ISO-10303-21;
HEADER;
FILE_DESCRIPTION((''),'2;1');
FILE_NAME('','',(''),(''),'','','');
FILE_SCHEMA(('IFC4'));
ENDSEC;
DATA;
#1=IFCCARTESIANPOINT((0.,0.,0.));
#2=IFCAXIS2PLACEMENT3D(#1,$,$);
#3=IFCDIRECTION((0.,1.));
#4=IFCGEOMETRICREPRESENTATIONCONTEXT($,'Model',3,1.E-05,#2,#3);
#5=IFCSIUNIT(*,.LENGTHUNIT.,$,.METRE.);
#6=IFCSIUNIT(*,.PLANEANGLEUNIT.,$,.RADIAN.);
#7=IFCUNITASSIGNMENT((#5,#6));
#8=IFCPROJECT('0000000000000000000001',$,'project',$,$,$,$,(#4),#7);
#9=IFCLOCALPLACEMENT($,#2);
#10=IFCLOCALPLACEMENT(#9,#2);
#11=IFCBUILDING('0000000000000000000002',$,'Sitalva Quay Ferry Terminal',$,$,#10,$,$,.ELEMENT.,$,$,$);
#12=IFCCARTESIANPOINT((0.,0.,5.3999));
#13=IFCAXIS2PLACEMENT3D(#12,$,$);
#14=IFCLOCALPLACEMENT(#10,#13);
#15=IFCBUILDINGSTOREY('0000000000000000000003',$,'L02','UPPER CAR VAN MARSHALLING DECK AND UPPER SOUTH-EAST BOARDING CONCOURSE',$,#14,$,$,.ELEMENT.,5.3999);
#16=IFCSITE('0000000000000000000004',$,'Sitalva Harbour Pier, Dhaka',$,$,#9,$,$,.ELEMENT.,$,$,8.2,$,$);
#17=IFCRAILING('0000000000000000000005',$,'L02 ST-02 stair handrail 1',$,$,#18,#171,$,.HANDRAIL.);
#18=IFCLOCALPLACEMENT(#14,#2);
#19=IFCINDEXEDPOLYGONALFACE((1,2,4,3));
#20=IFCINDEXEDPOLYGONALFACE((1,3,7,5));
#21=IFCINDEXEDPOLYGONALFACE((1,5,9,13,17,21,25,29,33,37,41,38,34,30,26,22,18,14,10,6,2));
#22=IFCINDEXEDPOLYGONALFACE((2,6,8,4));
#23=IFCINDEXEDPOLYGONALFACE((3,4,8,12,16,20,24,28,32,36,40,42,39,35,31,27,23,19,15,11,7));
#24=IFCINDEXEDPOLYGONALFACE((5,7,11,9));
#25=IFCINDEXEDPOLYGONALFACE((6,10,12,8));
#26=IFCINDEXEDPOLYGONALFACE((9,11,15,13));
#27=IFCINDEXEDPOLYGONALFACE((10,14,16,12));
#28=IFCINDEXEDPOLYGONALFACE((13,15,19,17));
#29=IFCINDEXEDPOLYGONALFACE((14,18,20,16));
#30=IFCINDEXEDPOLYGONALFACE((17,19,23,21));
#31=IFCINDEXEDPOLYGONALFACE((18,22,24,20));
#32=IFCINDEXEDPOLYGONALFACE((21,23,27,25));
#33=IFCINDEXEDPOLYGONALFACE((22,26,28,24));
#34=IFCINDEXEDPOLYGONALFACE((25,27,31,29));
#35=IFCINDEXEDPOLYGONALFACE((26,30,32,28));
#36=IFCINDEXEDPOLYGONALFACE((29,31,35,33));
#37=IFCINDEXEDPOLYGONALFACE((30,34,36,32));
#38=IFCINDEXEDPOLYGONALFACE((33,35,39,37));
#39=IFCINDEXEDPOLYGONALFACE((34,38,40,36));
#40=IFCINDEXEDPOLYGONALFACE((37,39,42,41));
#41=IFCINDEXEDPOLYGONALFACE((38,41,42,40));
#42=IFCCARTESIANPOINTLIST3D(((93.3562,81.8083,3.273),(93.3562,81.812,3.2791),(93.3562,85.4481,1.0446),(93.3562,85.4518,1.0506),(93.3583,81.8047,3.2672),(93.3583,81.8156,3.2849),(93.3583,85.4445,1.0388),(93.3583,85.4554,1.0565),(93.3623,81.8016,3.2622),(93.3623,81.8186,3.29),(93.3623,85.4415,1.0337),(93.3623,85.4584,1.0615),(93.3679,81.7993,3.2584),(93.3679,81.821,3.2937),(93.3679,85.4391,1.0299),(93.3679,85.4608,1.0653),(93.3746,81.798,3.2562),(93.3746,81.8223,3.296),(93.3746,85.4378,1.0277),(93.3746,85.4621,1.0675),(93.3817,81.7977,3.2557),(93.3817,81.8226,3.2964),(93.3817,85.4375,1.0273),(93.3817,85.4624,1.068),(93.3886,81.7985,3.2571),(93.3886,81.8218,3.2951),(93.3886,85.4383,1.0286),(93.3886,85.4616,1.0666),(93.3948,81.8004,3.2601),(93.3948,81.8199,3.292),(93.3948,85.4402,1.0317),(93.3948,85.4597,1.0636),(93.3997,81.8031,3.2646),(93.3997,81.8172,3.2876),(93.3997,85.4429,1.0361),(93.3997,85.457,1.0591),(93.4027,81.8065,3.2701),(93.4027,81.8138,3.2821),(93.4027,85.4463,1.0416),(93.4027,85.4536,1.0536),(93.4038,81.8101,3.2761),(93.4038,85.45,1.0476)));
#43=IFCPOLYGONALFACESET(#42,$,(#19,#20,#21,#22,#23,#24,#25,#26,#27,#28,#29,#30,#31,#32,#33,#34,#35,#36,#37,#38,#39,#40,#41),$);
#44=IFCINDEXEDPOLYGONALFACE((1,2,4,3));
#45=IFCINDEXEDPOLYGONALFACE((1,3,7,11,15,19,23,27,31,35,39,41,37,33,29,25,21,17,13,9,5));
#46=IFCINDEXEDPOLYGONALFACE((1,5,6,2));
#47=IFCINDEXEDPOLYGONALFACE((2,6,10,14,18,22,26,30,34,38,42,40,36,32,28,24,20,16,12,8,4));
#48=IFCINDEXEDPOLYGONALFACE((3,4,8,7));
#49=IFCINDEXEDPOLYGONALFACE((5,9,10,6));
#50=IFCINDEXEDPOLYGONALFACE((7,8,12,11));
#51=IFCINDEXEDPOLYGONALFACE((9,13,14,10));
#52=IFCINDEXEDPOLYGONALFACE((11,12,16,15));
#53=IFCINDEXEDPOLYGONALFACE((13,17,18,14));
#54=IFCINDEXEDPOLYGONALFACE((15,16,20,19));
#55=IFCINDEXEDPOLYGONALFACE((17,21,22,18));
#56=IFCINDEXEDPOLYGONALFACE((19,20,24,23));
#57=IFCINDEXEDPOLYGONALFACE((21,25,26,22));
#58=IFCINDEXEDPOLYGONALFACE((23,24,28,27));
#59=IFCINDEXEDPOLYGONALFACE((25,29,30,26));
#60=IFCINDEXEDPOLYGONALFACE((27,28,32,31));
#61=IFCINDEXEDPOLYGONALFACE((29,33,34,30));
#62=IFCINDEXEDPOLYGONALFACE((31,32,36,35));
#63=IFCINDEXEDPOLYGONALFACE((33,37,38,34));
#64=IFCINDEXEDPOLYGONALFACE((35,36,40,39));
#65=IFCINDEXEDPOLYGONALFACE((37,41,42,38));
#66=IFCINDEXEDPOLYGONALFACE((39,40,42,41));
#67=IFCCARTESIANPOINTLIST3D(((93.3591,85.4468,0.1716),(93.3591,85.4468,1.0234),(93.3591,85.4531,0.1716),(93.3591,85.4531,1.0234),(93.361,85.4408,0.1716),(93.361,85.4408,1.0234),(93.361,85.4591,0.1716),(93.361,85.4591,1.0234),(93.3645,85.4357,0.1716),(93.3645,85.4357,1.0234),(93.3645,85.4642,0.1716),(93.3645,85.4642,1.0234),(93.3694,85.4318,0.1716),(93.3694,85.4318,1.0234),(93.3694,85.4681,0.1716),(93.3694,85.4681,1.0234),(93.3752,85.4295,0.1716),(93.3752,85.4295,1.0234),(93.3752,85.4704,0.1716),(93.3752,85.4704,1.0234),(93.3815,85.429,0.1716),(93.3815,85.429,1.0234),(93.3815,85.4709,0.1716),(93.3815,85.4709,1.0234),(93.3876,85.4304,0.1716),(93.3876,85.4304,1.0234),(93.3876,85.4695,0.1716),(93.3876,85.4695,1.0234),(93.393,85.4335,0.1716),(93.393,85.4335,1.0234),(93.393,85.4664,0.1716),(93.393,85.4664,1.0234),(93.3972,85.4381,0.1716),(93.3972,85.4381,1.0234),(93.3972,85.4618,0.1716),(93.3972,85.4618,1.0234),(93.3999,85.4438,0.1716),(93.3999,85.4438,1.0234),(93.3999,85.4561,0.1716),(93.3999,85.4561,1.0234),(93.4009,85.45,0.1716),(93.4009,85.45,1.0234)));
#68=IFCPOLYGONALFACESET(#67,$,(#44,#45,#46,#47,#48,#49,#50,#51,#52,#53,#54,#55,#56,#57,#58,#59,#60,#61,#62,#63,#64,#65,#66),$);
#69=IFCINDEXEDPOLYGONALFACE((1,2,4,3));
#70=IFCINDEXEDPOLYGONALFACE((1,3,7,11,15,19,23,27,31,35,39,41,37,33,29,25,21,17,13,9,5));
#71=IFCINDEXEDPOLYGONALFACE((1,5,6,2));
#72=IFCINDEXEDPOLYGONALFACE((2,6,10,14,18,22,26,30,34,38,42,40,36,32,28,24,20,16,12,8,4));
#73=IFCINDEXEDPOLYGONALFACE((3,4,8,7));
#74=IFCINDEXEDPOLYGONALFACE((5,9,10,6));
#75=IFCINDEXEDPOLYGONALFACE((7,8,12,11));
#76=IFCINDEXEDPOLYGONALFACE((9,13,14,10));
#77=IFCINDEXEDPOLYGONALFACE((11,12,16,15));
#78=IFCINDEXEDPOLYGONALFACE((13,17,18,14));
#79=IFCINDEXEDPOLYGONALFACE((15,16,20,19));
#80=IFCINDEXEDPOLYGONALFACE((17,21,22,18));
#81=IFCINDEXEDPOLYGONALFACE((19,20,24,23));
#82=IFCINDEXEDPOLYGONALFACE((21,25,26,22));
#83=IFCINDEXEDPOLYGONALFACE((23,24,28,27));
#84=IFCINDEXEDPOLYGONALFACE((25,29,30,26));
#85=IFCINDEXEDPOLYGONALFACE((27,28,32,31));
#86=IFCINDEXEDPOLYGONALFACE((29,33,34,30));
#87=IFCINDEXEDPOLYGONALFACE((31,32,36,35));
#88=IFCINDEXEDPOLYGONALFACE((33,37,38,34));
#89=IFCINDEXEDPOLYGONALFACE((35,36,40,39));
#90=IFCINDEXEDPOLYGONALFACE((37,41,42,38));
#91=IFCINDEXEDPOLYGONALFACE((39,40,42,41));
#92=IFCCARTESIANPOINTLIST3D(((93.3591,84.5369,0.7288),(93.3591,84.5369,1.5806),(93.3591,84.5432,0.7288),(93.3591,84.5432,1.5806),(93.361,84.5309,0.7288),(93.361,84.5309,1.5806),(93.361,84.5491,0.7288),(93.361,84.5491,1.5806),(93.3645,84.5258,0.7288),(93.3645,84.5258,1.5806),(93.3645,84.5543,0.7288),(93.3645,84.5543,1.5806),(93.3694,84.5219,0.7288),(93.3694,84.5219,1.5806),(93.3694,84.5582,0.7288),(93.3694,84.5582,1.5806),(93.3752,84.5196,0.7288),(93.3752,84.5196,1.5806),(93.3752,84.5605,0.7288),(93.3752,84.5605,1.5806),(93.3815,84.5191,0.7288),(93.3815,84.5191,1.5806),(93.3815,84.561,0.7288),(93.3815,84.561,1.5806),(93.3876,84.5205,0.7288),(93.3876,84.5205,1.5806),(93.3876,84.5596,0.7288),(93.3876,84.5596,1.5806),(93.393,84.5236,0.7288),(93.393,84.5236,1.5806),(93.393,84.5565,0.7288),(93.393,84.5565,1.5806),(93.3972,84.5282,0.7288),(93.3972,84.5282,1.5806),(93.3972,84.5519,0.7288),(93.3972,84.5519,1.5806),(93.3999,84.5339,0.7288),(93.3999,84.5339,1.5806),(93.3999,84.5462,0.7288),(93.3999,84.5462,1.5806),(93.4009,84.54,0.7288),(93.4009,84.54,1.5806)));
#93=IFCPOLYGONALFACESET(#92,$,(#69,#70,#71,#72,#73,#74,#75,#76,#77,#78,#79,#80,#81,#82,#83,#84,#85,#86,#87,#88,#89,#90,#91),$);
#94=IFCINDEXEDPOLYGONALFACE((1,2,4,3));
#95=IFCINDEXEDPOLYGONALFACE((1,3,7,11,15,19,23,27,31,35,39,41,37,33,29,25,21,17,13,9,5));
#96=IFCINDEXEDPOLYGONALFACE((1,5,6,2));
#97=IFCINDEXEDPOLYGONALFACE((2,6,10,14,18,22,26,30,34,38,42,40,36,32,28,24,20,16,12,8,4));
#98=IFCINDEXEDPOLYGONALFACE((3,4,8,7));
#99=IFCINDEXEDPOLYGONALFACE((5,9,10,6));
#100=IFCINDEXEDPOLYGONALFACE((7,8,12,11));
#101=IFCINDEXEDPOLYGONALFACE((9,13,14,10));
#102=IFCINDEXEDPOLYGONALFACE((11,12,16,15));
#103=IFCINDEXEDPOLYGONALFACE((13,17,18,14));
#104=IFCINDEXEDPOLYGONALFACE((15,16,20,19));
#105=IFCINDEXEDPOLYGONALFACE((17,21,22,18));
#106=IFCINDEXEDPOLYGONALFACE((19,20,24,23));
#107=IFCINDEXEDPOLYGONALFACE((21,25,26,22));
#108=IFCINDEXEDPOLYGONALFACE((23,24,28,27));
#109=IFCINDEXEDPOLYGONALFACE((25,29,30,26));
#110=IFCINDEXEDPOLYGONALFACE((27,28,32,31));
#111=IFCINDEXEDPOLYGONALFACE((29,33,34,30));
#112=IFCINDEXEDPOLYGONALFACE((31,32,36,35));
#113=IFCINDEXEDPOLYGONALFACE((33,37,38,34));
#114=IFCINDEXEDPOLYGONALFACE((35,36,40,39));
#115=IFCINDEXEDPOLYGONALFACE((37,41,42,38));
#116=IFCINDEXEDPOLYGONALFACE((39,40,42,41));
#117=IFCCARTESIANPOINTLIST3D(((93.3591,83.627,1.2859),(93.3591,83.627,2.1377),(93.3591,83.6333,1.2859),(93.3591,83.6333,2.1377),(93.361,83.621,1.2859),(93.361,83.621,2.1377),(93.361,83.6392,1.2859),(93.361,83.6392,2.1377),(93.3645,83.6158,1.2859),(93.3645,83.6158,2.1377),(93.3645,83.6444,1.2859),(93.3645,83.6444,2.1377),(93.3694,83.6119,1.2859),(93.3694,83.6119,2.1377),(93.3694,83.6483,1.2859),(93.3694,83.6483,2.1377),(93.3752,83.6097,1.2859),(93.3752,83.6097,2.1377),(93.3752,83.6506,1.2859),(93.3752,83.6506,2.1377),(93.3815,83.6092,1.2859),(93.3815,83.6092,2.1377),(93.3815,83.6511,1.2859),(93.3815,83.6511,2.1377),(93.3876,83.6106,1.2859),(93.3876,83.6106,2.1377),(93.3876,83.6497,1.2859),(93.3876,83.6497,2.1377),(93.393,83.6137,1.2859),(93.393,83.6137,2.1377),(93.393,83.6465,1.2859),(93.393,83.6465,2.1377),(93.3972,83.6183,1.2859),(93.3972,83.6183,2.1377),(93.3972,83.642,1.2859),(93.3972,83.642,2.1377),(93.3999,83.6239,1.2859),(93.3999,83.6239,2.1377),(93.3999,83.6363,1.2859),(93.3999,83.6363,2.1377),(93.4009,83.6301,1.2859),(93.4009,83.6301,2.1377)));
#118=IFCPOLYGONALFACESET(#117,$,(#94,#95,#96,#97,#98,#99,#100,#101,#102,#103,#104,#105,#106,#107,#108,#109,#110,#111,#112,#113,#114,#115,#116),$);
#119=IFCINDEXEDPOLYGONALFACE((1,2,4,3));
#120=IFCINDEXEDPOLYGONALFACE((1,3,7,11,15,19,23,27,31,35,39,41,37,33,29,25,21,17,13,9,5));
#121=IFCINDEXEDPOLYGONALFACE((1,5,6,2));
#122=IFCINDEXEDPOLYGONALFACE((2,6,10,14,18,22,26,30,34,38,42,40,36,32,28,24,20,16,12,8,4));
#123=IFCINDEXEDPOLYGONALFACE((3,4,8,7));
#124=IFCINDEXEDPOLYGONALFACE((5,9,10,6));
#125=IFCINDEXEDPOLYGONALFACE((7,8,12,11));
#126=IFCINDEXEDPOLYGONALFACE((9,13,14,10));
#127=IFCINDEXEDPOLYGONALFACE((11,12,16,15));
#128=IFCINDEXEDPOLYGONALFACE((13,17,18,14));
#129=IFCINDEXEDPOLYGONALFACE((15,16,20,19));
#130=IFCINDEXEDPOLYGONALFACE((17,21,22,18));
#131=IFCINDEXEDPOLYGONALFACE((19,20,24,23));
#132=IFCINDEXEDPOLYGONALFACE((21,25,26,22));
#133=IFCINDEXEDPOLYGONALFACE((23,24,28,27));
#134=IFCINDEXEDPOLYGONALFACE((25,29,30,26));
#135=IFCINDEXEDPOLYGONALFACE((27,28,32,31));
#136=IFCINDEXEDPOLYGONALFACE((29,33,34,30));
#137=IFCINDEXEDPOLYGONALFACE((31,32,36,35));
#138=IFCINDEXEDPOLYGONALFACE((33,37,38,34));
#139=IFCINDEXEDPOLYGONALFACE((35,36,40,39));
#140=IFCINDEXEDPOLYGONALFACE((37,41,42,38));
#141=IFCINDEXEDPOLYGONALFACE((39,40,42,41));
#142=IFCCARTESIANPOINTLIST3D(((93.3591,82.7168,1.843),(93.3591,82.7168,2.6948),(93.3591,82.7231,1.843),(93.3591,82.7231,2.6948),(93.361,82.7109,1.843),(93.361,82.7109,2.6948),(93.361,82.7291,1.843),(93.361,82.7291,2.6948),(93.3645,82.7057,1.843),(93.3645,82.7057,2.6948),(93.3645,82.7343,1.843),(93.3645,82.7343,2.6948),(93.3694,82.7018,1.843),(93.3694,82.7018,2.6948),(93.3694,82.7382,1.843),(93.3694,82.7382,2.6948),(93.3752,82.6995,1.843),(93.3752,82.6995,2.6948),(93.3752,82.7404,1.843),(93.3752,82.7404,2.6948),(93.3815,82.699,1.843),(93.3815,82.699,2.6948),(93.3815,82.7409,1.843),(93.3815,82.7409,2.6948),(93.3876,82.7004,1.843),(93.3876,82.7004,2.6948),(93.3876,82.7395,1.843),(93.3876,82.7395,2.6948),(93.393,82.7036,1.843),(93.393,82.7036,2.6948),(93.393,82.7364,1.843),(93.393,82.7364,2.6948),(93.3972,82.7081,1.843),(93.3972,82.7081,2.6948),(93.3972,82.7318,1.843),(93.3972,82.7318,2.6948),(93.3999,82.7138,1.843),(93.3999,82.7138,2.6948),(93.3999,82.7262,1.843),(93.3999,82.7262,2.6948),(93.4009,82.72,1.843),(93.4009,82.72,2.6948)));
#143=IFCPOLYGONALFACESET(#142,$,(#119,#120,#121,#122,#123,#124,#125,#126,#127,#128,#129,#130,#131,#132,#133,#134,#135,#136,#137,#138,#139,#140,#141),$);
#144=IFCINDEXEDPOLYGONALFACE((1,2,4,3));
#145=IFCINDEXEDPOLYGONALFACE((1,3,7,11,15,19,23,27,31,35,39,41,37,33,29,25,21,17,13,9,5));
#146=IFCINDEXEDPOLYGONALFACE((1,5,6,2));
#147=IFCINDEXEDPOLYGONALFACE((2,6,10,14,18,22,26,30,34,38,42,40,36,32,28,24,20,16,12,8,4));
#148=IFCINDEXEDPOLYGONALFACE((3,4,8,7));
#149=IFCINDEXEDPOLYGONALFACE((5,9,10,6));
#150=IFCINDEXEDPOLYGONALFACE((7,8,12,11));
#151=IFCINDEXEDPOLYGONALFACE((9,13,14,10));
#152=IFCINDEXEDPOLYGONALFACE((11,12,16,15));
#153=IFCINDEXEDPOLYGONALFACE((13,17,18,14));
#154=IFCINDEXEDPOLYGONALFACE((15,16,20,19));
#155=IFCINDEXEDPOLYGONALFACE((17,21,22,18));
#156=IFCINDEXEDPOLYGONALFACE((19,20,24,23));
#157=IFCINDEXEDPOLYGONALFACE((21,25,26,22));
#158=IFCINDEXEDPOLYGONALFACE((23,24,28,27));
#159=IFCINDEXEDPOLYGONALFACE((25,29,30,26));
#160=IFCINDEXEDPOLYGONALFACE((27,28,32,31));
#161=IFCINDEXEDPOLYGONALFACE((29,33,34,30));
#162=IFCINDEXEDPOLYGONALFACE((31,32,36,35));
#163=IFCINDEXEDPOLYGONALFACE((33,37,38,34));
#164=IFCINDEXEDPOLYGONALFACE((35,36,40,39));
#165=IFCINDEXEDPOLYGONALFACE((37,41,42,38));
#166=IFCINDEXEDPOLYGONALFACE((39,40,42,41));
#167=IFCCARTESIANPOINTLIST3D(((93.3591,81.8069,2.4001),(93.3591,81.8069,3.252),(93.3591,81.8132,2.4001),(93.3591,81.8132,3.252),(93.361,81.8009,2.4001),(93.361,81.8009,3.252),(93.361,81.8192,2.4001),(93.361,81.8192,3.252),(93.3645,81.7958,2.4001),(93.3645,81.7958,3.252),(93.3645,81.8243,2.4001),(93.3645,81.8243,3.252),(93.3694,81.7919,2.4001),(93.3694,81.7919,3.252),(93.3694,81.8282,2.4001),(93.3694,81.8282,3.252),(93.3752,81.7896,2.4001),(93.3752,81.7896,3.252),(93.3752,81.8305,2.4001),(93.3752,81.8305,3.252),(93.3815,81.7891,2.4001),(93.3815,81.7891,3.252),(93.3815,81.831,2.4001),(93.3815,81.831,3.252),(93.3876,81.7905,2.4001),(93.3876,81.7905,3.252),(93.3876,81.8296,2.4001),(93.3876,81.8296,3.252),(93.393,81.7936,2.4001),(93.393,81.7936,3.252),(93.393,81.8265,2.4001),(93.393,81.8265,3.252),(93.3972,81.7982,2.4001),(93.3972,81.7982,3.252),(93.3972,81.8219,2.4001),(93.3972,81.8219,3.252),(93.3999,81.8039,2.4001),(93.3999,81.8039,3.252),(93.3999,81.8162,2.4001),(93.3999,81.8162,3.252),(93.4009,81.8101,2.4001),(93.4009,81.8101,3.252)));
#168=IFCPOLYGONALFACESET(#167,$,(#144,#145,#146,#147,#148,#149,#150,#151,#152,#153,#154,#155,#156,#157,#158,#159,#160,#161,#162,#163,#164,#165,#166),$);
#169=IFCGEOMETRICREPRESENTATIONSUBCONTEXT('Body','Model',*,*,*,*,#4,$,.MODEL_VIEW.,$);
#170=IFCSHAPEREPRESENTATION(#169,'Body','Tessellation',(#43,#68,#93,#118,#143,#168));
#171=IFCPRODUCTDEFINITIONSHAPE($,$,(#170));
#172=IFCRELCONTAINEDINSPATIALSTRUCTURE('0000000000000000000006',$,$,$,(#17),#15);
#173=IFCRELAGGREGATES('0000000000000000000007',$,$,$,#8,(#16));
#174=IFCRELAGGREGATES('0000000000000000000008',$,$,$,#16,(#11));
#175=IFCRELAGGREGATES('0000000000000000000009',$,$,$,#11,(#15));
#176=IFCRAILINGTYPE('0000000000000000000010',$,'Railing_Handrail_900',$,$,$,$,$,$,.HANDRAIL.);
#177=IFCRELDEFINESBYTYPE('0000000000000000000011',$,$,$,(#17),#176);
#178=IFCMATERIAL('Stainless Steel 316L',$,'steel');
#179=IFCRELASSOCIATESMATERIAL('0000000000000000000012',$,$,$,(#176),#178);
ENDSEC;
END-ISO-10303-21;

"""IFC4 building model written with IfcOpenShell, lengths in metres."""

from ifc_helpers import new_model, si_unit, direction, frame, origin, origin_2d, place, context, subcontext, project, spatial, circle, extrude, material, type_object, element, save


model = new_model("IFC4")

# Units and contexts
model_context = context("Model", 3, precision=1e-05, world=origin(), true_north=direction((0.0, 1.0)))
body_context = subcontext(model_context, "Body", "Model", "MODEL_VIEW")
ifc_project = project(units=[si_unit("LENGTHUNIT", "METRE"), si_unit("PLANEANGLEUNIT", "RADIAN")], contexts=[model_context])

# Site, building, storey
site_placement = place(None, origin())
site = spatial("IfcSite", under=ifc_project, at=site_placement, Name="Sitalva Harbour Pier, Dhaka", CompositionType="ELEMENT", RefElevation=8.2)
building_placement = place(site_placement, origin())
building = spatial("IfcBuilding", under=site, at=building_placement, Name="Sitalva Quay Ferry Terminal", CompositionType="ELEMENT")
storey_placement = place(building_placement, frame((0.0, 0.0, 5.3999)))
storey = spatial("IfcBuildingStorey", under=building, at=storey_placement, Name="L02", Description="UPPER CAR VAN MARSHALLING DECK AND UPPER SOUTH-EAST BOARDING CONCOURSE", CompositionType="ELEMENT", Elevation=5.3999)

# Railing
ifc_material_1 = material(Name="Stainless Steel 316L", Category="steel")
railing_type_1 = type_object("IfcRailingType", Name="Railing_Handrail_900", PredefinedType="HANDRAIL", material=ifc_material_1)
railing_1_placement = place(storey_placement, frame((93.3799, 85.45, 0.1716)))
element("IfcRailing", 1, at=railing_1_placement, inside=storey, type_object=railing_type_1, Name="L02 ST-02 stair handrail 1", PredefinedType="HANDRAIL", context=body_context, shape_type="SweptSolid", body=[
    extrude(circle(Radius=0.0239, at=origin_2d()), frame((0.0, 0.0, 0.876), z_axis=(0.0, -0.85285, 0.522156), x_axis=(1.0, 0.0, 0.0)), (0.0, 0.0, 1.0), 4.2678),
    extrude(circle(Radius=0.021, at=origin_2d()), origin(), (0.0, 0.0, 1.0), 0.8518),
    extrude(circle(Radius=0.021, at=origin_2d()), frame((0.0, -0.9099, 0.5571)), (0.0, 0.0, 1.0), 0.8518),
    extrude(circle(Radius=0.021, at=origin_2d()), frame((0.0, -1.8198, 1.1143)), (0.0, 0.0, 1.0), 0.8518),
    extrude(circle(Radius=0.021, at=origin_2d()), frame((0.0, -2.73, 1.6714)), (0.0, 0.0, 1.0), 0.8518),
    extrude(circle(Radius=0.021, at=origin_2d()), frame((0.0, -3.6399, 2.2285)), (0.0, 0.0, 1.0), 0.8518),
])

save(model, "model.ifc")
